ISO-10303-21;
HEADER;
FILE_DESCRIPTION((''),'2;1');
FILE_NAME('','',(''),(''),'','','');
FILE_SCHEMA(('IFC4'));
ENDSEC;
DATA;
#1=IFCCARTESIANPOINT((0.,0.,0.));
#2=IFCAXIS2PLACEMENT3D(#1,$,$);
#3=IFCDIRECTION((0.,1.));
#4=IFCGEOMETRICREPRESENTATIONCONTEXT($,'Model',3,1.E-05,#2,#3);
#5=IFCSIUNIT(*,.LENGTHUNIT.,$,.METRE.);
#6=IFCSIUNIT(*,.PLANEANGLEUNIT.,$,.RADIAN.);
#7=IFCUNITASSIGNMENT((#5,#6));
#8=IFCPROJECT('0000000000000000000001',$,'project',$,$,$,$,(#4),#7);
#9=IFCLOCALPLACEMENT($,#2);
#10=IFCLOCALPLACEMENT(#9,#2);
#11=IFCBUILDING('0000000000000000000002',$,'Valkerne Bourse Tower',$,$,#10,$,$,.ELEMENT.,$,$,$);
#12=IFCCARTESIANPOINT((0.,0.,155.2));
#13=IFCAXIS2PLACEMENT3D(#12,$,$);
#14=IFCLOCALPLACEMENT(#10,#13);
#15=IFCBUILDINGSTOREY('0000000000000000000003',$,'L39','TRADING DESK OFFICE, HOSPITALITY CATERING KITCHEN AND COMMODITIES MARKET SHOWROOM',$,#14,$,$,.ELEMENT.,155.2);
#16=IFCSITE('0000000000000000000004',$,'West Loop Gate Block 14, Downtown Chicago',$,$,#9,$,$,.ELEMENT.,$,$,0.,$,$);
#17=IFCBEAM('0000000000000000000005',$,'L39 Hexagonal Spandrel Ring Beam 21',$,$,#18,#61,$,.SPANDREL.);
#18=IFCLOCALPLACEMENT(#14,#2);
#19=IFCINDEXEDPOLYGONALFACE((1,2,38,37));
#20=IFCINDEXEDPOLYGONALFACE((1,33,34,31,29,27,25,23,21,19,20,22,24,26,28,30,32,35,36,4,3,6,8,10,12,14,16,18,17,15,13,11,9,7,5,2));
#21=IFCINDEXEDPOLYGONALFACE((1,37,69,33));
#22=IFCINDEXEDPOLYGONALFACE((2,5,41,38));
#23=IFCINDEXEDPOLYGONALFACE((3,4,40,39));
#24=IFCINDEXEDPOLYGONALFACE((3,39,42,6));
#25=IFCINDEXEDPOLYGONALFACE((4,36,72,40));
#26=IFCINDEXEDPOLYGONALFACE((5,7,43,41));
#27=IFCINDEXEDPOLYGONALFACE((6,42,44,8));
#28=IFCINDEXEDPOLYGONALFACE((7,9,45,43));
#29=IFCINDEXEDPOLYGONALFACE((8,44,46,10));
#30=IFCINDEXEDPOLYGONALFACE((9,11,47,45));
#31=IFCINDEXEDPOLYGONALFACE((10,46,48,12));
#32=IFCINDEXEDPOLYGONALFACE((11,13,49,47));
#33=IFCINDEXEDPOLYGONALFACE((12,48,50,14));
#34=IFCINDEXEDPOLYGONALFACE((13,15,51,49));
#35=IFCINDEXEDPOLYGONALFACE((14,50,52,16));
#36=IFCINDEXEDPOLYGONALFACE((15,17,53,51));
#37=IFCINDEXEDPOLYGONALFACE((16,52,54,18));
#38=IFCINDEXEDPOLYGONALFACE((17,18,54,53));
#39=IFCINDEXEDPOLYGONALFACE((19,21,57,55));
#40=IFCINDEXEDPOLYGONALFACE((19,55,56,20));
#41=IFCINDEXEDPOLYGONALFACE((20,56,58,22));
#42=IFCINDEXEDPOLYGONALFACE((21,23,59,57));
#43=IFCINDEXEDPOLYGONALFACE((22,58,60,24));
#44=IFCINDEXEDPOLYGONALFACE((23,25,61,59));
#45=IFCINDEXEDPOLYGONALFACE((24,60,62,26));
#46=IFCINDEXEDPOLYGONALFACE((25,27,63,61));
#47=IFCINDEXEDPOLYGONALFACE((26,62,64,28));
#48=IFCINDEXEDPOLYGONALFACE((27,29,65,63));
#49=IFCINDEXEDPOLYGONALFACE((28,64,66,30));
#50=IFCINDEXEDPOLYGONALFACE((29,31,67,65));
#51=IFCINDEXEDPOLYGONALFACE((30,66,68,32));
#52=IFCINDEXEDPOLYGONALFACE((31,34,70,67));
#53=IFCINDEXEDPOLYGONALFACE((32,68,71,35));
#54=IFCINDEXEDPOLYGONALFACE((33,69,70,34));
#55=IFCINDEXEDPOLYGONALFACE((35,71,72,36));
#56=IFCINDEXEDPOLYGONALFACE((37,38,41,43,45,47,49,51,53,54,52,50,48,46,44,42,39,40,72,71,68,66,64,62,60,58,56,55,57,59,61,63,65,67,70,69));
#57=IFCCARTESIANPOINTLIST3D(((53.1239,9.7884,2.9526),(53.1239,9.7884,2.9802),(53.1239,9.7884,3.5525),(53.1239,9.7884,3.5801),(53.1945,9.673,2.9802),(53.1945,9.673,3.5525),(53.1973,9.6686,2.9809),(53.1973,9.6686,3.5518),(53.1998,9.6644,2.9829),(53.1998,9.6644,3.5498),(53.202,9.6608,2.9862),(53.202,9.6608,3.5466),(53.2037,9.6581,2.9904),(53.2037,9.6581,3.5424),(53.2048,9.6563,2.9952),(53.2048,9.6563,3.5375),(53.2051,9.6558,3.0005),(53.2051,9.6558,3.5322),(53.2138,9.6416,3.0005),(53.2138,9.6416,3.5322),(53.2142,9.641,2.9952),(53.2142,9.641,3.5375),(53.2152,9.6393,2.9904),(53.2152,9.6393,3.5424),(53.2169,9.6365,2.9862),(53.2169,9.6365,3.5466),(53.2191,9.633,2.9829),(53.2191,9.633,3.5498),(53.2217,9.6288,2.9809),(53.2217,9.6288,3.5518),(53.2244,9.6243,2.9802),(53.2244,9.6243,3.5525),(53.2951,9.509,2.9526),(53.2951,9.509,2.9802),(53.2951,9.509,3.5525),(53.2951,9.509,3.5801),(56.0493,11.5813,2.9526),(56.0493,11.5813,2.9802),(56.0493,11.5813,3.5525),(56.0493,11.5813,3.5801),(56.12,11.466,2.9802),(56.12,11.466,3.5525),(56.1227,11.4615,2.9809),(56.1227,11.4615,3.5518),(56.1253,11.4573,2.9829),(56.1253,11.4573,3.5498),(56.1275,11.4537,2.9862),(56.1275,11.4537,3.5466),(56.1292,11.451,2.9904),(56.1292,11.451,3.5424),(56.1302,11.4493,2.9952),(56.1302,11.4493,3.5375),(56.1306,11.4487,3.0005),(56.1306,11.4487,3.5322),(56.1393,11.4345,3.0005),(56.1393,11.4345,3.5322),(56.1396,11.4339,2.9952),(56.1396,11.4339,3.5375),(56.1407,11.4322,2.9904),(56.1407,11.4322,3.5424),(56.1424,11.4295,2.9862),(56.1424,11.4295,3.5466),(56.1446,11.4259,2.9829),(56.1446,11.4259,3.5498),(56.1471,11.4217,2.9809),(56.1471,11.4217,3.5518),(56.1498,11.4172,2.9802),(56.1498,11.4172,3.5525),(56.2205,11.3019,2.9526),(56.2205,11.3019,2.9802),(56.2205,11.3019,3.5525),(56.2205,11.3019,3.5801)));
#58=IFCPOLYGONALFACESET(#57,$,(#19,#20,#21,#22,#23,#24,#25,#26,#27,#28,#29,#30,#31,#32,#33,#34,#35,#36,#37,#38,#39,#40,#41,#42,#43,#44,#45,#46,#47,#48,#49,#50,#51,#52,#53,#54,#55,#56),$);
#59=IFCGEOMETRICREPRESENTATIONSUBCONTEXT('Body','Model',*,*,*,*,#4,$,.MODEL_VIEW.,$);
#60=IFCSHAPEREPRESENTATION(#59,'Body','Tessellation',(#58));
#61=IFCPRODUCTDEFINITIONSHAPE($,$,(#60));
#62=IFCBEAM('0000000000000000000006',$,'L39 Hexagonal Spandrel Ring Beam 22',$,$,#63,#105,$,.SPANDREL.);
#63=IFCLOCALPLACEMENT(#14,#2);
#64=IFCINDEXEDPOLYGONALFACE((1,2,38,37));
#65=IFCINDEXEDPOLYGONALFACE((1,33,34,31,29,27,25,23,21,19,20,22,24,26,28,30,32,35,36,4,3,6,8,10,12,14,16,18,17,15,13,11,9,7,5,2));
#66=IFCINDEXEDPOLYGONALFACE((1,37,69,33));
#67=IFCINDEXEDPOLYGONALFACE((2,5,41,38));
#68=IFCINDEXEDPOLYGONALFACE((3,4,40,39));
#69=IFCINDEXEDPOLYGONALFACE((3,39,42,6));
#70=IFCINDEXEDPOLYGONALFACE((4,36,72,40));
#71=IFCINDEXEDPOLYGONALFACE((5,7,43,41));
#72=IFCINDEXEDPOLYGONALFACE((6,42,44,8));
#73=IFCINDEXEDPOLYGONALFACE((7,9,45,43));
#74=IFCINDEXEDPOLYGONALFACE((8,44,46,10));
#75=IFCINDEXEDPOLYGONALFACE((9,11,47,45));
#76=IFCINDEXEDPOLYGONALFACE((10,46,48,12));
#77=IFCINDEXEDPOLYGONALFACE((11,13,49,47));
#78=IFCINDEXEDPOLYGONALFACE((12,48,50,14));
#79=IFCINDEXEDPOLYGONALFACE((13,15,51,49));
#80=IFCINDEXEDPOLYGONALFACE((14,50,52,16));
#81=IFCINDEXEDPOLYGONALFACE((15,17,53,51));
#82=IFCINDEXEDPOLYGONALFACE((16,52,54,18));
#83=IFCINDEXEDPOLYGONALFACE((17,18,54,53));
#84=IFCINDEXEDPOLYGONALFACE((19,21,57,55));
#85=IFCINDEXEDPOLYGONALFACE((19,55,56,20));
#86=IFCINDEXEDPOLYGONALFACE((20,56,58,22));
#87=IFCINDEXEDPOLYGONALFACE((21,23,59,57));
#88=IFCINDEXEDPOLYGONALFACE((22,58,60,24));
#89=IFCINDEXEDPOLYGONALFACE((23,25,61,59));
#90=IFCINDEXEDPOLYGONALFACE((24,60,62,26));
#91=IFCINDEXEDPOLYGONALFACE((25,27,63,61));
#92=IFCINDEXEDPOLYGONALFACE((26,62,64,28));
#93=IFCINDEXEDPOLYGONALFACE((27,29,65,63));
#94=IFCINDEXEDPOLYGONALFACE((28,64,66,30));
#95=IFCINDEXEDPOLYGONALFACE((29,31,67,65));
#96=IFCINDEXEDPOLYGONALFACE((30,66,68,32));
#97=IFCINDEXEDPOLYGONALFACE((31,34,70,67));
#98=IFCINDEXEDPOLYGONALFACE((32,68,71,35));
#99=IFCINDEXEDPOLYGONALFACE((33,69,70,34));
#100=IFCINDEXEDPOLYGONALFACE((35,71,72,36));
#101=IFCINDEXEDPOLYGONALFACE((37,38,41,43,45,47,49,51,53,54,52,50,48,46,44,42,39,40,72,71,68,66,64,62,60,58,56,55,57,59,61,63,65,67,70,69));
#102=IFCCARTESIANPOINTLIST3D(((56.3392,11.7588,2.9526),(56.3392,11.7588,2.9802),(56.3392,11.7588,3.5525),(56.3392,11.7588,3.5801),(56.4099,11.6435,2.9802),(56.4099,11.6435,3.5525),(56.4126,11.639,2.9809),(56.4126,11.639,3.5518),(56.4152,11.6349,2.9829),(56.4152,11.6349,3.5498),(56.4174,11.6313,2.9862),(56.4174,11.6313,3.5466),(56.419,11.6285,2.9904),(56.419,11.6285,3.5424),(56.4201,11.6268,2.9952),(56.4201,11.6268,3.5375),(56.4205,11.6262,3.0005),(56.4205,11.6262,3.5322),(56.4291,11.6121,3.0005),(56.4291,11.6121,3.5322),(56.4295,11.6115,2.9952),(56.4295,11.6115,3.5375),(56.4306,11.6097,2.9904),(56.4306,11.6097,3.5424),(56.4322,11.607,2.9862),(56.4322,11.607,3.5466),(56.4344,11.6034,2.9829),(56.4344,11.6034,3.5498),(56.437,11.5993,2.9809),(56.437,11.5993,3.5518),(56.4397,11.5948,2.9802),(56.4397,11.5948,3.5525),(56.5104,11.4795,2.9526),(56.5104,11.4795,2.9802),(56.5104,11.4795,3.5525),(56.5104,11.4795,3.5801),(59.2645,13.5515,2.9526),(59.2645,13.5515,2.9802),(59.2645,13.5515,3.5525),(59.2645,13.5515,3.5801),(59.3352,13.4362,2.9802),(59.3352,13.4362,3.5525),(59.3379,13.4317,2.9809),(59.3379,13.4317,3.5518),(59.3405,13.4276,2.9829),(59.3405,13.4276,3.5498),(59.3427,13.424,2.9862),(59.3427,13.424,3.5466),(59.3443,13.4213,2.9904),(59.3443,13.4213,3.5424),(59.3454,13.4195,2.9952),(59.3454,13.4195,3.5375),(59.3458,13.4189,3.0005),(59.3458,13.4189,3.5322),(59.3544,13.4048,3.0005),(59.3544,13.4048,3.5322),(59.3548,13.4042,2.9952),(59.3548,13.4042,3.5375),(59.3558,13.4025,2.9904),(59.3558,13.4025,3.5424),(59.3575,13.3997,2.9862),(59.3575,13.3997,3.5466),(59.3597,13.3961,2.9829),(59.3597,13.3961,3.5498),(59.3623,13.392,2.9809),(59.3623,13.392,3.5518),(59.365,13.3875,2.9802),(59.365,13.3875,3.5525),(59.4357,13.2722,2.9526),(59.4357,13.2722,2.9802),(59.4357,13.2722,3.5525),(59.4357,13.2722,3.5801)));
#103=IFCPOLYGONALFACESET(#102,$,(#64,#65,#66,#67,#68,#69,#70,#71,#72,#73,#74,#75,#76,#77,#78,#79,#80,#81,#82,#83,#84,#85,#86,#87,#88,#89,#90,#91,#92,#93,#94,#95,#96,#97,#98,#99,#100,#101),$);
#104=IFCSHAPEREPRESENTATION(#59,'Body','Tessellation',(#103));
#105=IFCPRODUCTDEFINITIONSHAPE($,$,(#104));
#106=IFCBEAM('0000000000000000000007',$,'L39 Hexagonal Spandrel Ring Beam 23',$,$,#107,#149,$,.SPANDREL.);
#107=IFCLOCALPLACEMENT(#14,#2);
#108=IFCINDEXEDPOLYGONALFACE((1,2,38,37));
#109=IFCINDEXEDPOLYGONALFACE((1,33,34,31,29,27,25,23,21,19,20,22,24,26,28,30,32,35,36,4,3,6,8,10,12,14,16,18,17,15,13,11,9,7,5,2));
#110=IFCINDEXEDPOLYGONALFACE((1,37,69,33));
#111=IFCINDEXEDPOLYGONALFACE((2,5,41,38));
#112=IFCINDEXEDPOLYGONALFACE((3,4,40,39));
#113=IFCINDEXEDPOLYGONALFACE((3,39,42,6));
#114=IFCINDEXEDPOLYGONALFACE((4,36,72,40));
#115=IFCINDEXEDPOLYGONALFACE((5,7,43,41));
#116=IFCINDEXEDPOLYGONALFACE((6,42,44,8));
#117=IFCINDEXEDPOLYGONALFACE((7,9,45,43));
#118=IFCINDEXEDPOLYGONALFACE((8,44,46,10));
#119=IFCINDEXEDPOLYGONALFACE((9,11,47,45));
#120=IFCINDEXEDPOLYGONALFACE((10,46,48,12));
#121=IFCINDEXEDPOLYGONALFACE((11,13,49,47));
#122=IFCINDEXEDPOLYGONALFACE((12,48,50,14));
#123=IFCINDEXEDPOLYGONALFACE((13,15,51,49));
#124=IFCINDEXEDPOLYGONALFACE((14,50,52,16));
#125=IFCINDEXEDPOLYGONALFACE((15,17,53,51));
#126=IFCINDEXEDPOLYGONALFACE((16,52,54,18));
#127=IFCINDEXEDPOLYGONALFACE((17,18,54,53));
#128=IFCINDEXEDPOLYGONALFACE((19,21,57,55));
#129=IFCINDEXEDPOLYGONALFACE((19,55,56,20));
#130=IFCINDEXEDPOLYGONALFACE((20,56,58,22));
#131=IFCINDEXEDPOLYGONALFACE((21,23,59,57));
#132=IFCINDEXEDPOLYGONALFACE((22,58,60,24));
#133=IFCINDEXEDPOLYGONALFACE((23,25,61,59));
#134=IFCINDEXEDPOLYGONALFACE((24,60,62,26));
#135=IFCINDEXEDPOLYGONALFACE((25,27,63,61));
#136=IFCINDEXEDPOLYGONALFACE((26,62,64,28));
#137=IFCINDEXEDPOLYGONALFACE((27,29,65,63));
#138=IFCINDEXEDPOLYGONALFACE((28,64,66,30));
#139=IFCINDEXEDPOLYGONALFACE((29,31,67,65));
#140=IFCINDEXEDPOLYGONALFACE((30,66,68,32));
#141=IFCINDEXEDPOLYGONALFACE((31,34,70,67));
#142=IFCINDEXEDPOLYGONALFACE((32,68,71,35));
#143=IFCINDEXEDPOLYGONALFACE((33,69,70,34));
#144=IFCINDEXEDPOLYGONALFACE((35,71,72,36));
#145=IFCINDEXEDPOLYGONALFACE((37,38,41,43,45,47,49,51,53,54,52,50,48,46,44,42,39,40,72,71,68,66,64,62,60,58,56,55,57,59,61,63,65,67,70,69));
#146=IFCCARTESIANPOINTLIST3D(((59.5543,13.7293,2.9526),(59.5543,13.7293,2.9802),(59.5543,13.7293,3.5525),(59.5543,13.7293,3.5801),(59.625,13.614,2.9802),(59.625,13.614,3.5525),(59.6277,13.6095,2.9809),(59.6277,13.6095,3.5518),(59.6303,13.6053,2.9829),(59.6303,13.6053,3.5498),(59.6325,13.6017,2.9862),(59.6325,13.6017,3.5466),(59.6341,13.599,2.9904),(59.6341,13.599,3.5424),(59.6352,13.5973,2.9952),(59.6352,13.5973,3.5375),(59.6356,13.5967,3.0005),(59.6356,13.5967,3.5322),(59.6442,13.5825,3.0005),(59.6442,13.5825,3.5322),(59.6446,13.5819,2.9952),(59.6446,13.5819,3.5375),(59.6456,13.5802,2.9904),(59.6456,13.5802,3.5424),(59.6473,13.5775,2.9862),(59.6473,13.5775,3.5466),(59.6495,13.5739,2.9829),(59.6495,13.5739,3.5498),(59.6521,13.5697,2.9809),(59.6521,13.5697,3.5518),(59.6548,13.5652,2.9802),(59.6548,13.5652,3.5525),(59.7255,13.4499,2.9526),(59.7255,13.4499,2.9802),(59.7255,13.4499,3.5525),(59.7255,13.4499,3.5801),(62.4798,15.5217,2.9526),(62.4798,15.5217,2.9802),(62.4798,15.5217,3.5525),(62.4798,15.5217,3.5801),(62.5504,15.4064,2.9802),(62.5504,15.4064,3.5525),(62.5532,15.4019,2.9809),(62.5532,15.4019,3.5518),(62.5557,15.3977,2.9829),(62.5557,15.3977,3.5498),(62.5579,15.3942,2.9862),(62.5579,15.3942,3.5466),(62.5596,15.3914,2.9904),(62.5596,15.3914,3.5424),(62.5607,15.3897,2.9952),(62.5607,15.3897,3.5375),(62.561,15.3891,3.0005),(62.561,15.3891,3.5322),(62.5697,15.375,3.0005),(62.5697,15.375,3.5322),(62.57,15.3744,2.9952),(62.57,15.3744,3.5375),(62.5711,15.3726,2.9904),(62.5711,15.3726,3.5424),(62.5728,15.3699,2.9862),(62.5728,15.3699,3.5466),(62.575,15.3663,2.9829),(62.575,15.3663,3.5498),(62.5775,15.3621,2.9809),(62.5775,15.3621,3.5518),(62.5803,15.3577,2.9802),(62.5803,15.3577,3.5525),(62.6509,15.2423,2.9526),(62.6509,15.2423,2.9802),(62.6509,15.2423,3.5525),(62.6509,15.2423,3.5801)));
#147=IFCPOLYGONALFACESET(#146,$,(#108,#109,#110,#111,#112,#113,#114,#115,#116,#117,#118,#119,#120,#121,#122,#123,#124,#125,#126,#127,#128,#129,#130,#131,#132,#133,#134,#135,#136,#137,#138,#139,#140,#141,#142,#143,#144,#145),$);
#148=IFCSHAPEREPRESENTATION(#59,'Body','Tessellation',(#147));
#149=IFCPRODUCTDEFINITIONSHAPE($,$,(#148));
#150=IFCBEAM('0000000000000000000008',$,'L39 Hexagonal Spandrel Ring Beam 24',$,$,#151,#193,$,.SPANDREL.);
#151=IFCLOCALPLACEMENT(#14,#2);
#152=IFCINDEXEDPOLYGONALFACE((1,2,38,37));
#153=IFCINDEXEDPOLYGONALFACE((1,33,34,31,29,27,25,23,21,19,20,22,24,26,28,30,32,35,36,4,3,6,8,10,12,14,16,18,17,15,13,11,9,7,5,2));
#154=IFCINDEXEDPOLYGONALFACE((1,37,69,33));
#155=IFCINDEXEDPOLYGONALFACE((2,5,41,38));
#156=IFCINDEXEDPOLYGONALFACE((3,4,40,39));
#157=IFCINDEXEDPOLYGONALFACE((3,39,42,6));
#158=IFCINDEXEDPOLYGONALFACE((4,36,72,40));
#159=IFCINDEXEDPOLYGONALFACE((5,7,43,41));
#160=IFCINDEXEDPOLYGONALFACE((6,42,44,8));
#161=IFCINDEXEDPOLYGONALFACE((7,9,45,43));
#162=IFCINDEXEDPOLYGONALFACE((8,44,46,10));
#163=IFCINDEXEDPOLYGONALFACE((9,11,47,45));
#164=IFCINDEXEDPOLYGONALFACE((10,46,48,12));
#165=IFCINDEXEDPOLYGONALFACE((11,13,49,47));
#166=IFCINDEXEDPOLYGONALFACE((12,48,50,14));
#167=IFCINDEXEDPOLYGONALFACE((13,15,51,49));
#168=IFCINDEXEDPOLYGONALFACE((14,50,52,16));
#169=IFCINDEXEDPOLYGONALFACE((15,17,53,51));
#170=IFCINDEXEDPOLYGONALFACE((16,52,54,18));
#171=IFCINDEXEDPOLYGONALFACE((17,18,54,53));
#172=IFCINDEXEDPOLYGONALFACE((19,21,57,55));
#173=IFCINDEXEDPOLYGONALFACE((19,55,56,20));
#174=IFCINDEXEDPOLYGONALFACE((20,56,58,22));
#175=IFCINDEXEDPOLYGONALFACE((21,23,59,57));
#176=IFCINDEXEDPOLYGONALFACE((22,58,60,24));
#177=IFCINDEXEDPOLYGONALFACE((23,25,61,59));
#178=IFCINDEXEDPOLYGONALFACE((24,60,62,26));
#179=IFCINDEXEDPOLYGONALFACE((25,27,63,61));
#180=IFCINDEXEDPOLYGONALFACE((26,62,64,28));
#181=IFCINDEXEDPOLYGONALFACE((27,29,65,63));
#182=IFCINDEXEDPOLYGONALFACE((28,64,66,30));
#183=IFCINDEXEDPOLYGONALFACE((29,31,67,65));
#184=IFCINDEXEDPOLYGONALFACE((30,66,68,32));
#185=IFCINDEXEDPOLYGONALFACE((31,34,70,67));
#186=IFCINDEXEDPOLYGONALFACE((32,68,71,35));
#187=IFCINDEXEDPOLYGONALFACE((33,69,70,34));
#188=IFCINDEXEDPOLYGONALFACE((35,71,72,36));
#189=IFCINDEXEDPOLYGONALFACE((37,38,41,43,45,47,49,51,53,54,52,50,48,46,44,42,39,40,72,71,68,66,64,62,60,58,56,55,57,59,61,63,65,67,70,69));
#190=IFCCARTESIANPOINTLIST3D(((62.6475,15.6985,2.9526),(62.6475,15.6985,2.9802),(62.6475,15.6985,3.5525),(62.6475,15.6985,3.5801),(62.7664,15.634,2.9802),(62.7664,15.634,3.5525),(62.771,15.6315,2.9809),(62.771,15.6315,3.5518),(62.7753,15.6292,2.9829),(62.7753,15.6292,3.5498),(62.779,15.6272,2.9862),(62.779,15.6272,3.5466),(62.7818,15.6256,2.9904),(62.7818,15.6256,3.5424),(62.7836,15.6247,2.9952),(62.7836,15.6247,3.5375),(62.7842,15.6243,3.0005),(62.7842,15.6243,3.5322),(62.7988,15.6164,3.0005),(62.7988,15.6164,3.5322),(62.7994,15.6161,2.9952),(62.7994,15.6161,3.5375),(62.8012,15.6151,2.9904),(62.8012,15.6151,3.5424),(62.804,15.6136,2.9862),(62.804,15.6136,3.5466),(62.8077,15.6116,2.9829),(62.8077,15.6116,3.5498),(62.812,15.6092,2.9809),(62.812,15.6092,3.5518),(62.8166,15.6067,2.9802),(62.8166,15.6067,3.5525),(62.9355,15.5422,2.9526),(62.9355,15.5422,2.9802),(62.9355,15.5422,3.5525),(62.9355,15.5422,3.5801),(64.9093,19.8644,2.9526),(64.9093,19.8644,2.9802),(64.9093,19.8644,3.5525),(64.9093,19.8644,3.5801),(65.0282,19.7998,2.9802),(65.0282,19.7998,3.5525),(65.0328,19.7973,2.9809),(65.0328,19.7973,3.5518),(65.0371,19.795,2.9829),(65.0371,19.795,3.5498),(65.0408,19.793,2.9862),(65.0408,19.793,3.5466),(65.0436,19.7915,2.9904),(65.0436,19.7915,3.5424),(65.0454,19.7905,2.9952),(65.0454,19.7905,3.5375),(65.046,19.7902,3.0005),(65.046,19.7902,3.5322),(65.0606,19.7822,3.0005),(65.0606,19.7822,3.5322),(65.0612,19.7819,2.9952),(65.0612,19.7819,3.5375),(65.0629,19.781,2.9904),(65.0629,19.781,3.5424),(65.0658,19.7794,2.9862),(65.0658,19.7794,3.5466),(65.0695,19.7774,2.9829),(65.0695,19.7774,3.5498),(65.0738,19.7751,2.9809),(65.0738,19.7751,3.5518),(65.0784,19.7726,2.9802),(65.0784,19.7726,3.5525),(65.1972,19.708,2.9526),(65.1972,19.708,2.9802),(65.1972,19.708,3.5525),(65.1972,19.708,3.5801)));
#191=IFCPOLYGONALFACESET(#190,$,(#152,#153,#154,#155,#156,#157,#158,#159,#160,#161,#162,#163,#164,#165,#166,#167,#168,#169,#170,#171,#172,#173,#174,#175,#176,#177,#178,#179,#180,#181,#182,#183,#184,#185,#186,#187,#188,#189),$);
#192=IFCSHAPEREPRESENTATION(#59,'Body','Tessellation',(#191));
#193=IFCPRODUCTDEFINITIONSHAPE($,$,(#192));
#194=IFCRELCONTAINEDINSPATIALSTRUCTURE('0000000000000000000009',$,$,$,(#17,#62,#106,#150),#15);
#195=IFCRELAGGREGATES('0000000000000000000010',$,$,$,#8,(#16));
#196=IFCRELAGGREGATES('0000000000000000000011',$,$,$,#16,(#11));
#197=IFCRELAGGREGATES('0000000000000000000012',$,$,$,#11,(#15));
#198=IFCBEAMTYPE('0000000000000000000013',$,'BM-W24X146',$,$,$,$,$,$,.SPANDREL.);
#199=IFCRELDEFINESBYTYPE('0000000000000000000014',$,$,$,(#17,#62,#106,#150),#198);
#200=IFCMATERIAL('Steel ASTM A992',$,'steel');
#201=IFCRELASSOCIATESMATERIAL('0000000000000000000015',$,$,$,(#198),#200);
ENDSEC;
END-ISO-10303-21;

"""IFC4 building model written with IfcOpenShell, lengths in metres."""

from ifc_helpers import new_model, si_unit, direction, frame, origin, origin_2d, place, context, subcontext, project, spatial, i_section, extrude, material, material_profile, profile_set, type_object, element, save


model = new_model("IFC4")

# Units and contexts
model_context = context("Model", 3, precision=1e-05, world=origin(), true_north=direction((0.0, 1.0)))
body_context = subcontext(model_context, "Body", "Model", "MODEL_VIEW")
ifc_project = project(units=[si_unit("LENGTHUNIT", "METRE"), si_unit("PLANEANGLEUNIT", "RADIAN")], contexts=[model_context])

# Site, building, storey
site_placement = place(None, origin())
site = spatial("IfcSite", under=ifc_project, at=site_placement, Name="West Loop Gate Block 14, Downtown Chicago", CompositionType="ELEMENT", RefElevation=0.0)
building_placement = place(site_placement, origin())
building = spatial("IfcBuilding", under=site, at=building_placement, Name="Valkerne Bourse Tower", CompositionType="ELEMENT")
storey_placement = place(building_placement, frame((0.0, 0.0, 155.2)))
storey = spatial("IfcBuildingStorey", under=building, at=storey_placement, Name="L39", Description="TRADING DESK OFFICE, HOSPITALITY CATERING KITCHEN AND COMMODITIES MARKET SHOWROOM", CompositionType="ELEMENT", Elevation=155.2)

# Beams
ifc_material_1 = material(Name="Steel ASTM A992", Category="steel")
ifc_material_profile_1 = material_profile(ifc_material_1, i_section(OverallWidth=0.3276, OverallDepth=0.6274, WebThickness=0.0166, FlangeThickness=0.0276, FilletRadius=0.0203, at=origin_2d()), Name="W24X146")
ifc_profile_set_1 = profile_set([ifc_material_profile_1], Name="Steel ASTM A992")
beam_type = type_object("IfcBeamType", Name="BM-W24X146", PredefinedType="SPANDREL", material=ifc_profile_set_1)
beam_1_placement = place(storey_placement, frame((53.2095, 9.6487, 3.2664), z_axis=(0.852615, 0.52254, 0.0), x_axis=(-0.52254, 0.852615, 0.0)))
element("IfcBeam", 1, at=beam_1_placement, inside=storey, type_object=beam_type, Name="L39 Hexagonal Spandrel Ring Beam 21", PredefinedType="SPANDREL", context=body_context, shape_type="SweptSolid", body=[
    extrude(i_section(OverallWidth=0.3276, OverallDepth=0.6274, WebThickness=0.0166, FlangeThickness=0.0276, FilletRadius=0.0203, at=origin_2d()), origin(), (0.0, 0.0, 1.0), 3.4312),
])
for number, where, z_axis, x_axis, name in (
    (2, (56.4248, 11.6191, 3.2664), (0.852627, 0.52252, 0.0), (-0.52252, 0.852627, 0.0), "L39 Hexagonal Spandrel Ring Beam 22"),
    (3, (59.6399, 13.5896, 3.2664), (0.852678, 0.522437, 0.0), (-0.522437, 0.852678, 0.0), "L39 Hexagonal Spandrel Ring Beam 23"),
):
    element("IfcBeam", number, at=place(storey_placement, frame(where, z_axis=z_axis, x_axis=x_axis)), inside=storey, type_object=beam_type, Name=name, PredefinedType="SPANDREL", context=body_context, shape_type="SweptSolid", body=[
        extrude(i_section(OverallWidth=0.3276, OverallDepth=0.6274, WebThickness=0.0166, FlangeThickness=0.0276, FilletRadius=0.0203, at=origin_2d()), origin(), (0.0, 0.0, 1.0), 3.4309),
    ])
beam_2_placement = place(storey_placement, frame((62.7915, 15.6204, 3.2664), z_axis=(0.477141, 0.878827, 0.0), x_axis=(-0.878827, 0.477141, 0.0)))
element("IfcBeam", 4, at=beam_2_placement, inside=storey, type_object=beam_type, Name="L39 Hexagonal Spandrel Ring Beam 24", PredefinedType="SPANDREL", context=body_context, shape_type="SweptSolid", body=[
    extrude(i_section(OverallWidth=0.3276, OverallDepth=0.6274, WebThickness=0.0166, FlangeThickness=0.0276, FilletRadius=0.0203, at=origin_2d()), origin(), (0.0, 0.0, 1.0), 4.7402),
])

save(model, "model.ifc")
